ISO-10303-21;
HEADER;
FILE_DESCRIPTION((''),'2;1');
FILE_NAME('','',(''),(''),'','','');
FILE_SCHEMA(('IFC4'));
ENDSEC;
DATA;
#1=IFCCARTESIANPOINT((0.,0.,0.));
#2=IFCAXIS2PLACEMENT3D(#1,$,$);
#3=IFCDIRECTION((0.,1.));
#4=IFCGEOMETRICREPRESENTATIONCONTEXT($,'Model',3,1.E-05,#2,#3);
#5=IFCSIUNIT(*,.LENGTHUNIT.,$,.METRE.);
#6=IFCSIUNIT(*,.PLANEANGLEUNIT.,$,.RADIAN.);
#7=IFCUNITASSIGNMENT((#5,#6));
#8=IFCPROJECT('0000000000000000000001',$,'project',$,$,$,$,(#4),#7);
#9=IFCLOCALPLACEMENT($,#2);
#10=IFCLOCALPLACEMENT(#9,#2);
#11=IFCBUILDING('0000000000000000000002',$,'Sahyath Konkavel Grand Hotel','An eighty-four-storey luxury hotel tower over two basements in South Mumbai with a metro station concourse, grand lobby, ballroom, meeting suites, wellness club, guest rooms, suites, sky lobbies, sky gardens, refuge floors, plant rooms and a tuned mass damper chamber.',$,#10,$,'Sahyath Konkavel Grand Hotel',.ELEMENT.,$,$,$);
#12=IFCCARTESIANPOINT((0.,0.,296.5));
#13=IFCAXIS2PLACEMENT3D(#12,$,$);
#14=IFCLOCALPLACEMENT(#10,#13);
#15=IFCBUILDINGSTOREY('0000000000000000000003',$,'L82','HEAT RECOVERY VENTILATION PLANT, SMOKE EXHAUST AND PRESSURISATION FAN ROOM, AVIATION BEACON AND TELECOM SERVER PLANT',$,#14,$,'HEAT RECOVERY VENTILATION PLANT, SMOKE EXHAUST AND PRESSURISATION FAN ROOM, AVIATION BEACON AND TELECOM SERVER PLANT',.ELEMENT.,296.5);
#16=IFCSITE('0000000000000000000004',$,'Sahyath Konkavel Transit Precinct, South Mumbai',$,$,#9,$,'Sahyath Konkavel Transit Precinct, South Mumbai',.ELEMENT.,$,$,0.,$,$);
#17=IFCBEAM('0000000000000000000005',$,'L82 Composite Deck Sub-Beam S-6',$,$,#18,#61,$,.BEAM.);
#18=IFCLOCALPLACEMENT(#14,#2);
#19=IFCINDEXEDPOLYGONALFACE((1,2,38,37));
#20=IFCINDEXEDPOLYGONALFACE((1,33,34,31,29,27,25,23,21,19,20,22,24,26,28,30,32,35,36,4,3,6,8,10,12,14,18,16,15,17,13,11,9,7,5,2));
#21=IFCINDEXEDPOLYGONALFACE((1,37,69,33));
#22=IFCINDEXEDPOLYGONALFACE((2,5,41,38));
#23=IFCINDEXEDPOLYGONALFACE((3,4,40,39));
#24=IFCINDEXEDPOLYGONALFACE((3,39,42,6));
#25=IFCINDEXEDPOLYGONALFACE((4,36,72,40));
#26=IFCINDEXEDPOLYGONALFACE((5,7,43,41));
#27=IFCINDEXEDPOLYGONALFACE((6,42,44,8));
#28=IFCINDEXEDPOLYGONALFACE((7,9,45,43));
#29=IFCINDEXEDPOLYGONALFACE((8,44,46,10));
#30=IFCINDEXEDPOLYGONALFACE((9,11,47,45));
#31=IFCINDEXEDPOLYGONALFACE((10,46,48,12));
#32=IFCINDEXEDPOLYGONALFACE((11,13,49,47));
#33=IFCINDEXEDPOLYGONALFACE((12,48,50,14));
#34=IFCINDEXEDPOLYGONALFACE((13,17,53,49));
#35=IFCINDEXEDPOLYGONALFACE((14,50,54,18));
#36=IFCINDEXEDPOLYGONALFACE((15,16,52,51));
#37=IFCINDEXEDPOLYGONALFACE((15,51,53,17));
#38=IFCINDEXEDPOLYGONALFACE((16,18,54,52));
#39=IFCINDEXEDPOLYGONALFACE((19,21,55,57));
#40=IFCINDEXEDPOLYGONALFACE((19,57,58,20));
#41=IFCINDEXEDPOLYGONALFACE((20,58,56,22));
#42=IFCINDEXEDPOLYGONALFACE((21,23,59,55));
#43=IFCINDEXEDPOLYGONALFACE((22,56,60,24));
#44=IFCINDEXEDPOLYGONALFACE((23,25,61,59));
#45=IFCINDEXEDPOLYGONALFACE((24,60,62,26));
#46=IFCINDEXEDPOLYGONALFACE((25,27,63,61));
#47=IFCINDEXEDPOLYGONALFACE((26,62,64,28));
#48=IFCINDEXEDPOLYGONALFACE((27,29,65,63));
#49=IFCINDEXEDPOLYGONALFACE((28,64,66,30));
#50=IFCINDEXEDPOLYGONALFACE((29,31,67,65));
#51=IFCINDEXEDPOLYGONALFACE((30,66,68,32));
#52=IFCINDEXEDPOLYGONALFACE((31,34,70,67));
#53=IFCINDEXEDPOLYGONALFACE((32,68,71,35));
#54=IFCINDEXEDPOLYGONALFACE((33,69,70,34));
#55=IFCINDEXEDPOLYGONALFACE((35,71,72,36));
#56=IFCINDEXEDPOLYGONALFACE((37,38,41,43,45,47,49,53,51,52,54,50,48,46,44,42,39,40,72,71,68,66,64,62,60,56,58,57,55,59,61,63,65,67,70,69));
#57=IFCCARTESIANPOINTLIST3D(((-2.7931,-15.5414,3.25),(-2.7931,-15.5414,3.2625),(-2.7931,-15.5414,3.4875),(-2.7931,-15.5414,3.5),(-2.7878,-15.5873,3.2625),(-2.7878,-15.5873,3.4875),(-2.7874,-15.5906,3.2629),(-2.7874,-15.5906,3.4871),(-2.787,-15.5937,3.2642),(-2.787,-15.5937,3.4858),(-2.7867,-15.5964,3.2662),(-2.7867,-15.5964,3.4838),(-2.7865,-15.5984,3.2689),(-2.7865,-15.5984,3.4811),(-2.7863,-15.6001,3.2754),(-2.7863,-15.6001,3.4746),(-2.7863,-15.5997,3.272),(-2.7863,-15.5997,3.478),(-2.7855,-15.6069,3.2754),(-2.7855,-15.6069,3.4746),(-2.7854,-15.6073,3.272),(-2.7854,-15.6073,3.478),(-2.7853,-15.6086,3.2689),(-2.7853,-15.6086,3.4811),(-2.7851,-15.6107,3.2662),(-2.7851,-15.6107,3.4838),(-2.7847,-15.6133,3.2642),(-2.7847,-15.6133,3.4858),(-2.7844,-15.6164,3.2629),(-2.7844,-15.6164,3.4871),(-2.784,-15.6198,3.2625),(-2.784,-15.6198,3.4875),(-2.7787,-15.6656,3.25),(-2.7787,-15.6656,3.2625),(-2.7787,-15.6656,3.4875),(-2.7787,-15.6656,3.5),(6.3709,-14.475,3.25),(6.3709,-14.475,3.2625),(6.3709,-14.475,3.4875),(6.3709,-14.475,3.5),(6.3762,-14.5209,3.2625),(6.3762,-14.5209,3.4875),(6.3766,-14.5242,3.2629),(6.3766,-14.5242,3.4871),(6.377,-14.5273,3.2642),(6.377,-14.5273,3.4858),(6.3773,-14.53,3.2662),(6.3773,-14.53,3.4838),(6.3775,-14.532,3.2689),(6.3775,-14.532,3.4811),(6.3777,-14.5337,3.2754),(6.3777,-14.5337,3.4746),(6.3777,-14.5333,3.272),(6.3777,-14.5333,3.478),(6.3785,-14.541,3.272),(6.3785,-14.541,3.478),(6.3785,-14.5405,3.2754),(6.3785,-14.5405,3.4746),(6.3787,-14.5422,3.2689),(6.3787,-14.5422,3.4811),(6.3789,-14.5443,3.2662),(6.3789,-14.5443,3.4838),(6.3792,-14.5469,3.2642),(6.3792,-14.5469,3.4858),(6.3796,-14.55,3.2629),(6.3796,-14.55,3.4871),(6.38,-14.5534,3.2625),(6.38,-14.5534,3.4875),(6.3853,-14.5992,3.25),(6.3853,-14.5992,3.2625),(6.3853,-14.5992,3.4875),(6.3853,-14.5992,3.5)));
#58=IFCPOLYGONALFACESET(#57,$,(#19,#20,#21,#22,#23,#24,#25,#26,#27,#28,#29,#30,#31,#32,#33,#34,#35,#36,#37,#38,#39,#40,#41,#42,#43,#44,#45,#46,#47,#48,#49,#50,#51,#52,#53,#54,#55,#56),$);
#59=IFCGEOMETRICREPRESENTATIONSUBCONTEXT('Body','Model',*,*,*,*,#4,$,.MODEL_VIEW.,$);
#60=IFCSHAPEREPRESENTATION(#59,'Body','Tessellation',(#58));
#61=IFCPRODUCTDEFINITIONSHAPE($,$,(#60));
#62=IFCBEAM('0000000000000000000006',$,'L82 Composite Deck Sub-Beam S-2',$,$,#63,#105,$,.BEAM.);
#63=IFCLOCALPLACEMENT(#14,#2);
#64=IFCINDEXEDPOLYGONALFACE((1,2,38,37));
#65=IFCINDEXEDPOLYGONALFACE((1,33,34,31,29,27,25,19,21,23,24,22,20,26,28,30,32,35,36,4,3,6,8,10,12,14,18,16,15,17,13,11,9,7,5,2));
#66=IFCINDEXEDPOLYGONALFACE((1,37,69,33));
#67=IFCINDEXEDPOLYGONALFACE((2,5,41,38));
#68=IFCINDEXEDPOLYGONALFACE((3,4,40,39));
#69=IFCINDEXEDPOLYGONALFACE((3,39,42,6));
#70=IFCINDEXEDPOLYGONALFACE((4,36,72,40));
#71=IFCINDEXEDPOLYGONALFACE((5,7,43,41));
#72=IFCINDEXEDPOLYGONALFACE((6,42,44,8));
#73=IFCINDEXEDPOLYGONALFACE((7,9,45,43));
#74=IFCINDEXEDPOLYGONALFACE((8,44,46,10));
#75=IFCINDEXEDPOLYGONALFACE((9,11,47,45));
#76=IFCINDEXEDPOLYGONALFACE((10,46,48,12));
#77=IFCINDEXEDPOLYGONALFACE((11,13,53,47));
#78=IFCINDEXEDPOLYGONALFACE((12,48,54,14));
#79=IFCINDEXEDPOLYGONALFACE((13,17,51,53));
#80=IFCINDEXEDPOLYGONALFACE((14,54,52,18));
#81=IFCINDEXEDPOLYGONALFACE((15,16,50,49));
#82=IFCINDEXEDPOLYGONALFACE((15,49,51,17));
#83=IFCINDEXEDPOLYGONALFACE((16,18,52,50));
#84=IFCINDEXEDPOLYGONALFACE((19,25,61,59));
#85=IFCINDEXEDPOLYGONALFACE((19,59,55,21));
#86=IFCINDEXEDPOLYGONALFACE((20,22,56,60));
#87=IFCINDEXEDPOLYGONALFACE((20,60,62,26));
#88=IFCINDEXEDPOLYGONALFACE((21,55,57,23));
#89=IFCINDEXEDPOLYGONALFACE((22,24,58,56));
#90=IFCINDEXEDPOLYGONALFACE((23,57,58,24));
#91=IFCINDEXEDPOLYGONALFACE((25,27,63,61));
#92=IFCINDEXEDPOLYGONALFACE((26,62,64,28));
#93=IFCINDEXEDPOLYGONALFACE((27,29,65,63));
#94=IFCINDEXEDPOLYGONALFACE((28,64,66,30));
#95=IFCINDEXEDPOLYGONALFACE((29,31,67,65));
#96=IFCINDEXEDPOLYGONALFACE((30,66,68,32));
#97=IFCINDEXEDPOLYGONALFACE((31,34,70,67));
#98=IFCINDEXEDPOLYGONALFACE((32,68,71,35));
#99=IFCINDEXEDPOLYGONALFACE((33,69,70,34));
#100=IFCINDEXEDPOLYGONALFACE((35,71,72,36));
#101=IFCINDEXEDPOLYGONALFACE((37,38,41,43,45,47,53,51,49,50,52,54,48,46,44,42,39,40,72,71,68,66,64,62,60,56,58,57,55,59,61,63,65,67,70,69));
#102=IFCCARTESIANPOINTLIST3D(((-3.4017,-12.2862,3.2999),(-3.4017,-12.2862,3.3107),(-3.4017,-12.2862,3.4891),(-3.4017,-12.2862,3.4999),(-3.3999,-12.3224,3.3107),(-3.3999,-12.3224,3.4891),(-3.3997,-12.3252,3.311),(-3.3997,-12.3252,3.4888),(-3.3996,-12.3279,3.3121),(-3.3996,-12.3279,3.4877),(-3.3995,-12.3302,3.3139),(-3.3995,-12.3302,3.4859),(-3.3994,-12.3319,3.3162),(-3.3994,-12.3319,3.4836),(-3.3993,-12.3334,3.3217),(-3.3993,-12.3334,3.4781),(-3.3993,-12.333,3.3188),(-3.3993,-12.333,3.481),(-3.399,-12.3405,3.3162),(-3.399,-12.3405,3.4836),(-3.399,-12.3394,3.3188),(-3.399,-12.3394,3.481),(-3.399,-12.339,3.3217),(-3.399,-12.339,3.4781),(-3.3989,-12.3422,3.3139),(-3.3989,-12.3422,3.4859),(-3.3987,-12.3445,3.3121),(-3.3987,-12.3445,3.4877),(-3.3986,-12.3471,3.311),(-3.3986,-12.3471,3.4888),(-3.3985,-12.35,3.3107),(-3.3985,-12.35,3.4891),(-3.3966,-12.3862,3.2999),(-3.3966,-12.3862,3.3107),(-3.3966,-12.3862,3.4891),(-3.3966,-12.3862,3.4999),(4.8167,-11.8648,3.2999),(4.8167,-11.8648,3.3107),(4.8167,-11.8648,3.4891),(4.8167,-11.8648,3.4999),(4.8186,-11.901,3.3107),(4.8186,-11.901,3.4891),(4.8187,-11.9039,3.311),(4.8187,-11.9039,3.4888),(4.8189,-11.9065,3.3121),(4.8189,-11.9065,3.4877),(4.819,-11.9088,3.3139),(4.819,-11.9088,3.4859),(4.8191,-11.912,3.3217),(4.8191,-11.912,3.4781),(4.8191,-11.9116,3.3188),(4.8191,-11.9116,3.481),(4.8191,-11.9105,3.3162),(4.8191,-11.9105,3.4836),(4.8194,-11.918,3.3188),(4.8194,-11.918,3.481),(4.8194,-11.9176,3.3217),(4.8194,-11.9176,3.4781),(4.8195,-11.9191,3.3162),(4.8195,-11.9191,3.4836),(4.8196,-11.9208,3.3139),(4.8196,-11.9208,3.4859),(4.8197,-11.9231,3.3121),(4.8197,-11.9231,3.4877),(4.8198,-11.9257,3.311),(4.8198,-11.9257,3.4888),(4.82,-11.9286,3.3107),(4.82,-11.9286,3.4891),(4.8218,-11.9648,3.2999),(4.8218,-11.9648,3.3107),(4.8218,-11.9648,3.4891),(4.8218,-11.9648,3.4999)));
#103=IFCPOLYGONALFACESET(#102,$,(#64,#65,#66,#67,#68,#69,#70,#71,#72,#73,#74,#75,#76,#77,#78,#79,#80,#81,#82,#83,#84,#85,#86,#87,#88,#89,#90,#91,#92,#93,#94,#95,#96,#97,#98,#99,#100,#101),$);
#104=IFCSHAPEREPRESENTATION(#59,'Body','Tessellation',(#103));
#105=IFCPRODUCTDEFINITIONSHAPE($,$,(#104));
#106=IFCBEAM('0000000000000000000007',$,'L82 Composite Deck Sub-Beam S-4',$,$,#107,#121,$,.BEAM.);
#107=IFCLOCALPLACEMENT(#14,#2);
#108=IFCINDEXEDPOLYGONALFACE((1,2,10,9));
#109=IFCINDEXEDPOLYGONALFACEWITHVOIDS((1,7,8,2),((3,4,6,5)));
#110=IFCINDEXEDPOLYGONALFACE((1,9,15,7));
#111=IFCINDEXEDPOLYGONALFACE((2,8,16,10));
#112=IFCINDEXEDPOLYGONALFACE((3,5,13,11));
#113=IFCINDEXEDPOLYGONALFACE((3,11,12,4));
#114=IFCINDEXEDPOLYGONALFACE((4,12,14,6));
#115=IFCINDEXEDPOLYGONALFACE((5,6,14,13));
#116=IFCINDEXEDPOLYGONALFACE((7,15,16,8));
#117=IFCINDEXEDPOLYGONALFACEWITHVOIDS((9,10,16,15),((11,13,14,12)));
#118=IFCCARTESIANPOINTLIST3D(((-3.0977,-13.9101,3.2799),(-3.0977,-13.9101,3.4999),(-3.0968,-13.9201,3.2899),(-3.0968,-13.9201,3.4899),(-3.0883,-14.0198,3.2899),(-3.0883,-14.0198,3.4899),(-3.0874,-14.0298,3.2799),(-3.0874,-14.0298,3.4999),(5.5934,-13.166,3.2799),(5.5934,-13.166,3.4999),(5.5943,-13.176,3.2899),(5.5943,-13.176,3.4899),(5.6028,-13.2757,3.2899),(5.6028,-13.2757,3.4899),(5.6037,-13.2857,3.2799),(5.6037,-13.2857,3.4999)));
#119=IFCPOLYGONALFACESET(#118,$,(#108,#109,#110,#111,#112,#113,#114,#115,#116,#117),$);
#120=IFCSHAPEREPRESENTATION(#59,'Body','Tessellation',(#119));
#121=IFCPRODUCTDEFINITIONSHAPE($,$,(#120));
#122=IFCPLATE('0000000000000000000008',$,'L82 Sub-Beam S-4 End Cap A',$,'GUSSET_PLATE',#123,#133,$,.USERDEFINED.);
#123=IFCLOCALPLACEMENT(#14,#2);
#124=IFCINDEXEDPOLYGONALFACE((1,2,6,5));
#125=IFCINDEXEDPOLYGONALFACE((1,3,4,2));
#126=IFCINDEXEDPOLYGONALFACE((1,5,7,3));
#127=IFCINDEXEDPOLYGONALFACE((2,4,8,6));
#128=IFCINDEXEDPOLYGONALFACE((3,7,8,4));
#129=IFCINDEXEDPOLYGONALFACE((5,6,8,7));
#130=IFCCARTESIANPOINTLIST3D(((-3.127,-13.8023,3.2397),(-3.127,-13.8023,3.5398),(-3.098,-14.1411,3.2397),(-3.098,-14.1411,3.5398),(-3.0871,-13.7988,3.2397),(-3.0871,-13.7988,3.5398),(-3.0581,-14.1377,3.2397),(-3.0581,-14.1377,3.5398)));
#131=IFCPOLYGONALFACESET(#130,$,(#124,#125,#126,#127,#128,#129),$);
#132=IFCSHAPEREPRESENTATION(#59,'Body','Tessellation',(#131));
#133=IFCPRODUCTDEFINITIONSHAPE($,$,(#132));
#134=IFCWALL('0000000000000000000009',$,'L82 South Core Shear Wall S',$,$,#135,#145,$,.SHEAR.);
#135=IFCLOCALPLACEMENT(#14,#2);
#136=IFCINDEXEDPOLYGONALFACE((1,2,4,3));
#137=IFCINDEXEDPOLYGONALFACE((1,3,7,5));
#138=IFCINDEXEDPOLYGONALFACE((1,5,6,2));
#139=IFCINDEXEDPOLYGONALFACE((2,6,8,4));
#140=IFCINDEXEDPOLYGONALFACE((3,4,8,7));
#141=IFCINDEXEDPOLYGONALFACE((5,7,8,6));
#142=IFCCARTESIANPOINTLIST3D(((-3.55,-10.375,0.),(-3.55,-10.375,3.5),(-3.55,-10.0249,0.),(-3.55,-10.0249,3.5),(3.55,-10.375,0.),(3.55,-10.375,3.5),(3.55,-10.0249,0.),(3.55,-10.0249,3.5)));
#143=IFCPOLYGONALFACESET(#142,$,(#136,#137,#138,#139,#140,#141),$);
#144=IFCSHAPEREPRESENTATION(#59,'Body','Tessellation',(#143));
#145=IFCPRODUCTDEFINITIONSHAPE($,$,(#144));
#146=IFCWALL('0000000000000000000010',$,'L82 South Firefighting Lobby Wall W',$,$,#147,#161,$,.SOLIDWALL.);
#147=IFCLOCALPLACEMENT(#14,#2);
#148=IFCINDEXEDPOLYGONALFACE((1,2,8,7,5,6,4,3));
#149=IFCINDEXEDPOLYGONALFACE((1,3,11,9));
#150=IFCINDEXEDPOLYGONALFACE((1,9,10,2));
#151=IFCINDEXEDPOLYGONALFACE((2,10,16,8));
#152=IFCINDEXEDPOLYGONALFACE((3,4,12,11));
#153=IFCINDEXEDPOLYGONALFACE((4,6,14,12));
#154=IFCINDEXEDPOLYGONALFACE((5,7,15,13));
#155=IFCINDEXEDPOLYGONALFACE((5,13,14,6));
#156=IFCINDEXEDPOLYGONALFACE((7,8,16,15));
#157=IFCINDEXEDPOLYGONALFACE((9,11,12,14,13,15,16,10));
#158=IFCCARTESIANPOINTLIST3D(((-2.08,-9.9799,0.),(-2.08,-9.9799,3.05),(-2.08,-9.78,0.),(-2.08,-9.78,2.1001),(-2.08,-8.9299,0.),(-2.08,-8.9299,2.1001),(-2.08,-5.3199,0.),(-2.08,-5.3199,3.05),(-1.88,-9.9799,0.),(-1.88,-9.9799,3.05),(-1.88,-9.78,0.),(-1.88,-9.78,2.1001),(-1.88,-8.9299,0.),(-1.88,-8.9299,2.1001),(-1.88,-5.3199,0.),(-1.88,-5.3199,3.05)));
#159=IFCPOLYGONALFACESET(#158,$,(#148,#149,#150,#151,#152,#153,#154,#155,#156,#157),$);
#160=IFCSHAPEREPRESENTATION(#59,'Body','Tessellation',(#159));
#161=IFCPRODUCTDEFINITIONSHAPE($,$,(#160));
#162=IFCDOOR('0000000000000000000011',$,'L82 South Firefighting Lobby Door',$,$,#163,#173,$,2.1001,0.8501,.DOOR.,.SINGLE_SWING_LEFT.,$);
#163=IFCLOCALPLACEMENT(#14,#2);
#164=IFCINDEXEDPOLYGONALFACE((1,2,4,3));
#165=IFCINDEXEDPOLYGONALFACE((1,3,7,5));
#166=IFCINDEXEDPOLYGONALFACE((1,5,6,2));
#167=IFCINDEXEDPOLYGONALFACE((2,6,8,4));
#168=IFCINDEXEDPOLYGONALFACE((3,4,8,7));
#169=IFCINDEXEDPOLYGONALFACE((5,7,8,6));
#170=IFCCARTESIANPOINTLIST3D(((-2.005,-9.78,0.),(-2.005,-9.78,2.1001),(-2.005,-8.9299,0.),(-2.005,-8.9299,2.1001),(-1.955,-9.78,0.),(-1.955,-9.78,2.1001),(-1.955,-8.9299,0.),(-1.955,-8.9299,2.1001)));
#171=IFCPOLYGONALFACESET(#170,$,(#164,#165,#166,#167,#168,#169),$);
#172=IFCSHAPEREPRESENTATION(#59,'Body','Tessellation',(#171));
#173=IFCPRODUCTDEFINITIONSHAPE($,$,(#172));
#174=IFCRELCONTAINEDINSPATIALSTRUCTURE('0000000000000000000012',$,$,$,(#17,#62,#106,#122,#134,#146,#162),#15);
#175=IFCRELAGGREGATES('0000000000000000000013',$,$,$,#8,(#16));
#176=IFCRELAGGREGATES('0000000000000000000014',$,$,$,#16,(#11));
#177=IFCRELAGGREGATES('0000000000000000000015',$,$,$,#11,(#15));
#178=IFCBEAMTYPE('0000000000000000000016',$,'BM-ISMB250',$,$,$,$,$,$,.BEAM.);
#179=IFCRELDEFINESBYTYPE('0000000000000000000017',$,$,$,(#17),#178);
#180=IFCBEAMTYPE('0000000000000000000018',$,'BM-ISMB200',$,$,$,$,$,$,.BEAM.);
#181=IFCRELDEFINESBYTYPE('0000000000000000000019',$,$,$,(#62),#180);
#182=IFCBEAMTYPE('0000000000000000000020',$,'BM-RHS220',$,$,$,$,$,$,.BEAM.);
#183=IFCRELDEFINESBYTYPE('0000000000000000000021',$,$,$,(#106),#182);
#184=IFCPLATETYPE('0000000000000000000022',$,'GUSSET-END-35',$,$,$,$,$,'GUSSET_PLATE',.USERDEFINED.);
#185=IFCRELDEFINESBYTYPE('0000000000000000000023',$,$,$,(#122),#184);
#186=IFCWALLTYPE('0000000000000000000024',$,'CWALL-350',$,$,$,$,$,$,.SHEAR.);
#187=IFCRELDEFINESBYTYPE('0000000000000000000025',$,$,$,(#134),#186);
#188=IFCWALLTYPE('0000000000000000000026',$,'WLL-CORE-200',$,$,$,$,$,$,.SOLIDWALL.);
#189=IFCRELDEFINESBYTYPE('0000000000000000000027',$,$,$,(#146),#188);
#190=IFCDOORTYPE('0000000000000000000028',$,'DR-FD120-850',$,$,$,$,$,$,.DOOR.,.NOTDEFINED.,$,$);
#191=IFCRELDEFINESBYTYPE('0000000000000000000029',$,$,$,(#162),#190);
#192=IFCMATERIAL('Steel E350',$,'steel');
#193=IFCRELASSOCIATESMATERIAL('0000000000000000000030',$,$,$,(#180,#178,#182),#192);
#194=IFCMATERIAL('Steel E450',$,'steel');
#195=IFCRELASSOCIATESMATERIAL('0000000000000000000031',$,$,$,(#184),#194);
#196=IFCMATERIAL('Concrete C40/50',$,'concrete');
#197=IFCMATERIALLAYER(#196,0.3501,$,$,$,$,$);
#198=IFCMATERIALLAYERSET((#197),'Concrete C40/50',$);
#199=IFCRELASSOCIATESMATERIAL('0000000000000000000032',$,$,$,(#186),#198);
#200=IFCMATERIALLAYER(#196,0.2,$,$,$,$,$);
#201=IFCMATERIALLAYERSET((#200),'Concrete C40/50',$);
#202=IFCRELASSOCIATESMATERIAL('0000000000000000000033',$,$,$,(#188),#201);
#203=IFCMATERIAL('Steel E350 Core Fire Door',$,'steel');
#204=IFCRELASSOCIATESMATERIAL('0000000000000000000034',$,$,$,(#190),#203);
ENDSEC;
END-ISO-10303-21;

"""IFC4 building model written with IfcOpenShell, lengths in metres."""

from ifc_helpers import new_model, si_unit, direction, frame, frame_2d, origin, origin_2d, place, context, subcontext, project, spatial, rectangle, hollow_rectangle, i_section, extrude, source, transform, mapped, material, layer, layer_set, material_profile, profile_set, type_object, element, fill, save


model = new_model("IFC4")

# Units and contexts
model_context = context("Model", 3, precision=1e-05, world=origin(), true_north=direction((0.0, 1.0)))
body_context = subcontext(model_context, "Body", "Model", "MODEL_VIEW")
ifc_project = project(units=[si_unit("LENGTHUNIT", "METRE"), si_unit("PLANEANGLEUNIT", "RADIAN")], contexts=[model_context])

# Site, building, storey
site_placement = place(None, origin())
site = spatial("IfcSite", under=ifc_project, at=site_placement, Name="Sahyath Konkavel Transit Precinct, South Mumbai", LongName="Sahyath Konkavel Transit Precinct, South Mumbai", CompositionType="ELEMENT", RefElevation=0.0)
building_placement = place(site_placement, origin())
building = spatial("IfcBuilding", under=site, at=building_placement, Name="Sahyath Konkavel Grand Hotel", Description="An eighty-four-storey luxury hotel tower over two basements in South Mumbai with a metro station concourse, grand lobby, ballroom, meeting suites, wellness club, guest rooms, suites, sky lobbies, sky gardens, refuge floors, plant rooms and a tuned mass damper chamber.", LongName="Sahyath Konkavel Grand Hotel", CompositionType="ELEMENT")
storey_placement = place(building_placement, frame((0.0, 0.0, 296.5)))
storey = spatial("IfcBuildingStorey", under=building, at=storey_placement, Name="L82", Description="HEAT RECOVERY VENTILATION PLANT, SMOKE EXHAUST AND PRESSURISATION FAN ROOM, AVIATION BEACON AND TELECOM SERVER PLANT", LongName="HEAT RECOVERY VENTILATION PLANT, SMOKE EXHAUST AND PRESSURISATION FAN ROOM, AVIATION BEACON AND TELECOM SERVER PLANT", CompositionType="ELEMENT", Elevation=296.5)

# Shared definitions
ifc_material_1 = material(Name="Concrete C40/50", Category="concrete")

# Beams
ifc_material_2 = material(Name="Steel E350", Category="steel")
ifc_material_profile_1 = material_profile(ifc_material_2, i_section(OverallWidth=0.1001, OverallDepth=0.2, WebThickness=0.0056, FlangeThickness=0.0107, FilletRadius=0.011, at=origin_2d()), Name="ISMB 200")
ifc_profile_set_1 = profile_set([ifc_material_profile_1], Name="Steel E350")
beam_type_1 = type_object("IfcBeamType", Name="BM-ISMB200", PredefinedType="BEAM", material=ifc_profile_set_1)
ifc_material_profile_2 = material_profile(ifc_material_2, i_section(OverallWidth=0.125, OverallDepth=0.25, WebThickness=0.0068, FlangeThickness=0.0125, FilletRadius=0.0129, at=origin_2d()), Name="ISMB 250")
ifc_profile_set_2 = profile_set([ifc_material_profile_2], Name="Steel E350")
beam_type_2 = type_object("IfcBeamType", Name="BM-ISMB250", PredefinedType="BEAM", material=ifc_profile_set_2)
shared_shape_1 = source(origin(), body_context, "Body", "SweptSolid", [
    extrude(i_section(OverallWidth=0.125, OverallDepth=0.25, WebThickness=0.0068, FlangeThickness=0.0125, FilletRadius=0.0129, at=origin_2d()), origin(), (0.0, 0.0, 1.0), 9.2258),
])
beam_1_placement = place(storey_placement, frame((-2.7859, -15.6035, 3.375), z_axis=(0.993297, 0.115588, 0.0), x_axis=(-0.115588, 0.993297, 0.0)))
element("IfcBeam", 1, at=beam_1_placement, inside=storey, type_object=beam_type_2, Name="L82 Composite Deck Sub-Beam S-6", PredefinedType="BEAM", context=body_context, shape_type="MappedRepresentation", body=[
    mapped(shared_shape_1, transform((0.0, 0.0, 0.0), scale=1.0)),
])
shared_shape_2 = source(origin(), body_context, "Body", "SweptSolid", [
    extrude(i_section(OverallWidth=0.1001, OverallDepth=0.2, WebThickness=0.0056, FlangeThickness=0.0107, FilletRadius=0.011, at=origin_2d()), origin(), (0.0, 0.0, 1.0), 8.2292),
])
beam_2_placement = place(storey_placement, frame((-3.3992, -12.3362, 3.3999), z_axis=(0.998688, 0.051206, 0.0), x_axis=(-0.051206, 0.998688, 0.0)))
element("IfcBeam", 2, at=beam_2_placement, inside=storey, type_object=beam_type_1, Name="L82 Composite Deck Sub-Beam S-2", PredefinedType="BEAM", context=body_context, shape_type="MappedRepresentation", body=[
    mapped(shared_shape_2, transform((0.0, 0.0, 0.0), scale=1.0)),
])
ifc_material_profile_3 = material_profile(ifc_material_2, hollow_rectangle(XDim=0.1201, YDim=0.22, WallThickness=0.01, at=origin_2d()), Name="RHS 220x120x10")
ifc_profile_set_3 = profile_set([ifc_material_profile_3], Name="Steel E350")
beam_type_3 = type_object("IfcBeamType", Name="BM-RHS220", PredefinedType="BEAM", material=ifc_profile_set_3)
shared_shape_3 = source(origin(), body_context, "Body", "SweptSolid", [
    extrude(hollow_rectangle(XDim=0.1201, YDim=0.22, WallThickness=0.01, at=origin_2d()), origin(), (0.0, 0.0, 1.0), 8.7229),
])
beam_3_placement = place(storey_placement, frame((-3.0925, -13.97, 3.3899), z_axis=(0.996355, 0.085308, 0.0), x_axis=(-0.085308, 0.996355, 0.0)))
element("IfcBeam", 3, at=beam_3_placement, inside=storey, type_object=beam_type_3, Name="L82 Composite Deck Sub-Beam S-4", PredefinedType="BEAM", context=body_context, shape_type="MappedRepresentation", body=[
    mapped(shared_shape_3, transform((0.0, 0.0, 0.0), scale=1.0)),
])

# Plate
ifc_material_3 = material(Name="Steel E450", Category="steel")
plate_type = type_object("IfcPlateType", Name="GUSSET-END-35", ElementType="GUSSET_PLATE", PredefinedType="USERDEFINED", material=ifc_material_3)
shared_shape_4 = source(origin(), body_context, "Body", "SweptSolid", [
    extrude(rectangle(XDim=0.04, YDim=0.3401, at=origin_2d()), origin(), (0.0, 0.0, 1.0), 0.3),
])
plate_placement = place(storey_placement, frame((-3.0925, -13.97, 3.2397), z_axis=(0.0, 0.0, 1.0), x_axis=(0.996356, 0.085295, 0.0)))
element("IfcPlate", 4, at=plate_placement, inside=storey, type_object=plate_type, Name="L82 Sub-Beam S-4 End Cap A", ObjectType="GUSSET_PLATE", PredefinedType="USERDEFINED", context=body_context, shape_type="MappedRepresentation", body=[
    mapped(shared_shape_4, transform((0.0, 0.0, 0.0), scale=1.0)),
])

# Wall
ifc_layer_1 = layer(ifc_material_1, 0.3501)
ifc_layer_set_1 = layer_set([ifc_layer_1], Name="Concrete C40/50")
wall_type_1 = type_object("IfcWallType", Name="CWALL-350", PredefinedType="SHEAR", material=ifc_layer_set_1)
wall_1_placement = place(storey_placement, frame((-3.55, -10.2, 0.0), z_axis=(0.0, 0.0, 1.0), x_axis=(1.0, 0.0, 0.0)))
element("IfcWall", 5, at=wall_1_placement, inside=storey, type_object=wall_type_1, Name="L82 South Core Shear Wall S", PredefinedType="SHEAR", context=body_context, shape_type="SweptSolid", body=[
    extrude(rectangle(XDim=7.1001, YDim=0.3501, at=frame_2d((3.55, 0.0))), origin(), (0.0, 0.0, 1.0), 3.5),
])

# Wall, opening, door
ifc_layer_2 = layer(ifc_material_1, 0.2)
ifc_layer_set_2 = layer_set([ifc_layer_2], Name="Concrete C40/50")
wall_type_2 = type_object("IfcWallType", Name="WLL-CORE-200", PredefinedType="SOLIDWALL", material=ifc_layer_set_2)
wall_2_placement = place(storey_placement, frame((-1.98, -9.98, 0.0), z_axis=(0.0, 0.0, 1.0), x_axis=(0.0, 1.0, 0.0)))
wall_2 = element("IfcWall", 6, at=wall_2_placement, inside=storey, type_object=wall_type_2, Name="L82 South Firefighting Lobby Wall W", PredefinedType="SOLIDWALL", context=body_context, shape_type="SweptSolid", body=[
    extrude(rectangle(XDim=4.6599, YDim=0.2, at=frame_2d((2.3301, 0.0))), origin(), (0.0, 0.0, 1.0), 3.05),
])
opening_1_placement = place(wall_2_placement, frame((0.2, 0.0, 0.0)))
opening_1 = element("IfcOpeningElement", 7, at=opening_1_placement, cuts=wall_2, PredefinedType="OPENING", context=body_context, shape_type="SweptSolid", body=[
    extrude(rectangle(XDim=0.8501, YDim=2.1001, at=frame_2d((0.425, 1.05))), frame((0.0, 0.1099, 0.0), z_axis=(0.0, -1.0, 0.0), x_axis=(1.0, 0.0, 0.0)), (0.0, 0.0, 1.0), 0.22),
])
ifc_material_4 = material(Name="Steel E350 Core Fire Door", Category="steel")
door_type_1 = type_object("IfcDoorType", Name="DR-FD120-850", OperationType="NOTDEFINED", PredefinedType="DOOR", material=ifc_material_4)
shared_shape_5 = source(origin(), body_context, "Body", "SweptSolid", [
    extrude(rectangle(XDim=0.8501, YDim=0.05, at=origin_2d()), origin(), (0.0, 0.0, 1.0), 2.1001),
])
door_1_placement = place(opening_1_placement, frame((0.425, 0.0, 0.0)))
door_1 = element("IfcDoor", 8, at=door_1_placement, inside=storey, type_object=door_type_1, Name="L82 South Firefighting Lobby Door", OperationType="SINGLE_SWING_LEFT", OverallHeight=2.1001, OverallWidth=0.8501, PredefinedType="DOOR", context=body_context, shape_type="MappedRepresentation", body=[
    mapped(shared_shape_5, transform((0.0, 0.0, 0.0), scale=1.0)),
])
fill(opening_1, door_1)

save(model, "model.ifc")
